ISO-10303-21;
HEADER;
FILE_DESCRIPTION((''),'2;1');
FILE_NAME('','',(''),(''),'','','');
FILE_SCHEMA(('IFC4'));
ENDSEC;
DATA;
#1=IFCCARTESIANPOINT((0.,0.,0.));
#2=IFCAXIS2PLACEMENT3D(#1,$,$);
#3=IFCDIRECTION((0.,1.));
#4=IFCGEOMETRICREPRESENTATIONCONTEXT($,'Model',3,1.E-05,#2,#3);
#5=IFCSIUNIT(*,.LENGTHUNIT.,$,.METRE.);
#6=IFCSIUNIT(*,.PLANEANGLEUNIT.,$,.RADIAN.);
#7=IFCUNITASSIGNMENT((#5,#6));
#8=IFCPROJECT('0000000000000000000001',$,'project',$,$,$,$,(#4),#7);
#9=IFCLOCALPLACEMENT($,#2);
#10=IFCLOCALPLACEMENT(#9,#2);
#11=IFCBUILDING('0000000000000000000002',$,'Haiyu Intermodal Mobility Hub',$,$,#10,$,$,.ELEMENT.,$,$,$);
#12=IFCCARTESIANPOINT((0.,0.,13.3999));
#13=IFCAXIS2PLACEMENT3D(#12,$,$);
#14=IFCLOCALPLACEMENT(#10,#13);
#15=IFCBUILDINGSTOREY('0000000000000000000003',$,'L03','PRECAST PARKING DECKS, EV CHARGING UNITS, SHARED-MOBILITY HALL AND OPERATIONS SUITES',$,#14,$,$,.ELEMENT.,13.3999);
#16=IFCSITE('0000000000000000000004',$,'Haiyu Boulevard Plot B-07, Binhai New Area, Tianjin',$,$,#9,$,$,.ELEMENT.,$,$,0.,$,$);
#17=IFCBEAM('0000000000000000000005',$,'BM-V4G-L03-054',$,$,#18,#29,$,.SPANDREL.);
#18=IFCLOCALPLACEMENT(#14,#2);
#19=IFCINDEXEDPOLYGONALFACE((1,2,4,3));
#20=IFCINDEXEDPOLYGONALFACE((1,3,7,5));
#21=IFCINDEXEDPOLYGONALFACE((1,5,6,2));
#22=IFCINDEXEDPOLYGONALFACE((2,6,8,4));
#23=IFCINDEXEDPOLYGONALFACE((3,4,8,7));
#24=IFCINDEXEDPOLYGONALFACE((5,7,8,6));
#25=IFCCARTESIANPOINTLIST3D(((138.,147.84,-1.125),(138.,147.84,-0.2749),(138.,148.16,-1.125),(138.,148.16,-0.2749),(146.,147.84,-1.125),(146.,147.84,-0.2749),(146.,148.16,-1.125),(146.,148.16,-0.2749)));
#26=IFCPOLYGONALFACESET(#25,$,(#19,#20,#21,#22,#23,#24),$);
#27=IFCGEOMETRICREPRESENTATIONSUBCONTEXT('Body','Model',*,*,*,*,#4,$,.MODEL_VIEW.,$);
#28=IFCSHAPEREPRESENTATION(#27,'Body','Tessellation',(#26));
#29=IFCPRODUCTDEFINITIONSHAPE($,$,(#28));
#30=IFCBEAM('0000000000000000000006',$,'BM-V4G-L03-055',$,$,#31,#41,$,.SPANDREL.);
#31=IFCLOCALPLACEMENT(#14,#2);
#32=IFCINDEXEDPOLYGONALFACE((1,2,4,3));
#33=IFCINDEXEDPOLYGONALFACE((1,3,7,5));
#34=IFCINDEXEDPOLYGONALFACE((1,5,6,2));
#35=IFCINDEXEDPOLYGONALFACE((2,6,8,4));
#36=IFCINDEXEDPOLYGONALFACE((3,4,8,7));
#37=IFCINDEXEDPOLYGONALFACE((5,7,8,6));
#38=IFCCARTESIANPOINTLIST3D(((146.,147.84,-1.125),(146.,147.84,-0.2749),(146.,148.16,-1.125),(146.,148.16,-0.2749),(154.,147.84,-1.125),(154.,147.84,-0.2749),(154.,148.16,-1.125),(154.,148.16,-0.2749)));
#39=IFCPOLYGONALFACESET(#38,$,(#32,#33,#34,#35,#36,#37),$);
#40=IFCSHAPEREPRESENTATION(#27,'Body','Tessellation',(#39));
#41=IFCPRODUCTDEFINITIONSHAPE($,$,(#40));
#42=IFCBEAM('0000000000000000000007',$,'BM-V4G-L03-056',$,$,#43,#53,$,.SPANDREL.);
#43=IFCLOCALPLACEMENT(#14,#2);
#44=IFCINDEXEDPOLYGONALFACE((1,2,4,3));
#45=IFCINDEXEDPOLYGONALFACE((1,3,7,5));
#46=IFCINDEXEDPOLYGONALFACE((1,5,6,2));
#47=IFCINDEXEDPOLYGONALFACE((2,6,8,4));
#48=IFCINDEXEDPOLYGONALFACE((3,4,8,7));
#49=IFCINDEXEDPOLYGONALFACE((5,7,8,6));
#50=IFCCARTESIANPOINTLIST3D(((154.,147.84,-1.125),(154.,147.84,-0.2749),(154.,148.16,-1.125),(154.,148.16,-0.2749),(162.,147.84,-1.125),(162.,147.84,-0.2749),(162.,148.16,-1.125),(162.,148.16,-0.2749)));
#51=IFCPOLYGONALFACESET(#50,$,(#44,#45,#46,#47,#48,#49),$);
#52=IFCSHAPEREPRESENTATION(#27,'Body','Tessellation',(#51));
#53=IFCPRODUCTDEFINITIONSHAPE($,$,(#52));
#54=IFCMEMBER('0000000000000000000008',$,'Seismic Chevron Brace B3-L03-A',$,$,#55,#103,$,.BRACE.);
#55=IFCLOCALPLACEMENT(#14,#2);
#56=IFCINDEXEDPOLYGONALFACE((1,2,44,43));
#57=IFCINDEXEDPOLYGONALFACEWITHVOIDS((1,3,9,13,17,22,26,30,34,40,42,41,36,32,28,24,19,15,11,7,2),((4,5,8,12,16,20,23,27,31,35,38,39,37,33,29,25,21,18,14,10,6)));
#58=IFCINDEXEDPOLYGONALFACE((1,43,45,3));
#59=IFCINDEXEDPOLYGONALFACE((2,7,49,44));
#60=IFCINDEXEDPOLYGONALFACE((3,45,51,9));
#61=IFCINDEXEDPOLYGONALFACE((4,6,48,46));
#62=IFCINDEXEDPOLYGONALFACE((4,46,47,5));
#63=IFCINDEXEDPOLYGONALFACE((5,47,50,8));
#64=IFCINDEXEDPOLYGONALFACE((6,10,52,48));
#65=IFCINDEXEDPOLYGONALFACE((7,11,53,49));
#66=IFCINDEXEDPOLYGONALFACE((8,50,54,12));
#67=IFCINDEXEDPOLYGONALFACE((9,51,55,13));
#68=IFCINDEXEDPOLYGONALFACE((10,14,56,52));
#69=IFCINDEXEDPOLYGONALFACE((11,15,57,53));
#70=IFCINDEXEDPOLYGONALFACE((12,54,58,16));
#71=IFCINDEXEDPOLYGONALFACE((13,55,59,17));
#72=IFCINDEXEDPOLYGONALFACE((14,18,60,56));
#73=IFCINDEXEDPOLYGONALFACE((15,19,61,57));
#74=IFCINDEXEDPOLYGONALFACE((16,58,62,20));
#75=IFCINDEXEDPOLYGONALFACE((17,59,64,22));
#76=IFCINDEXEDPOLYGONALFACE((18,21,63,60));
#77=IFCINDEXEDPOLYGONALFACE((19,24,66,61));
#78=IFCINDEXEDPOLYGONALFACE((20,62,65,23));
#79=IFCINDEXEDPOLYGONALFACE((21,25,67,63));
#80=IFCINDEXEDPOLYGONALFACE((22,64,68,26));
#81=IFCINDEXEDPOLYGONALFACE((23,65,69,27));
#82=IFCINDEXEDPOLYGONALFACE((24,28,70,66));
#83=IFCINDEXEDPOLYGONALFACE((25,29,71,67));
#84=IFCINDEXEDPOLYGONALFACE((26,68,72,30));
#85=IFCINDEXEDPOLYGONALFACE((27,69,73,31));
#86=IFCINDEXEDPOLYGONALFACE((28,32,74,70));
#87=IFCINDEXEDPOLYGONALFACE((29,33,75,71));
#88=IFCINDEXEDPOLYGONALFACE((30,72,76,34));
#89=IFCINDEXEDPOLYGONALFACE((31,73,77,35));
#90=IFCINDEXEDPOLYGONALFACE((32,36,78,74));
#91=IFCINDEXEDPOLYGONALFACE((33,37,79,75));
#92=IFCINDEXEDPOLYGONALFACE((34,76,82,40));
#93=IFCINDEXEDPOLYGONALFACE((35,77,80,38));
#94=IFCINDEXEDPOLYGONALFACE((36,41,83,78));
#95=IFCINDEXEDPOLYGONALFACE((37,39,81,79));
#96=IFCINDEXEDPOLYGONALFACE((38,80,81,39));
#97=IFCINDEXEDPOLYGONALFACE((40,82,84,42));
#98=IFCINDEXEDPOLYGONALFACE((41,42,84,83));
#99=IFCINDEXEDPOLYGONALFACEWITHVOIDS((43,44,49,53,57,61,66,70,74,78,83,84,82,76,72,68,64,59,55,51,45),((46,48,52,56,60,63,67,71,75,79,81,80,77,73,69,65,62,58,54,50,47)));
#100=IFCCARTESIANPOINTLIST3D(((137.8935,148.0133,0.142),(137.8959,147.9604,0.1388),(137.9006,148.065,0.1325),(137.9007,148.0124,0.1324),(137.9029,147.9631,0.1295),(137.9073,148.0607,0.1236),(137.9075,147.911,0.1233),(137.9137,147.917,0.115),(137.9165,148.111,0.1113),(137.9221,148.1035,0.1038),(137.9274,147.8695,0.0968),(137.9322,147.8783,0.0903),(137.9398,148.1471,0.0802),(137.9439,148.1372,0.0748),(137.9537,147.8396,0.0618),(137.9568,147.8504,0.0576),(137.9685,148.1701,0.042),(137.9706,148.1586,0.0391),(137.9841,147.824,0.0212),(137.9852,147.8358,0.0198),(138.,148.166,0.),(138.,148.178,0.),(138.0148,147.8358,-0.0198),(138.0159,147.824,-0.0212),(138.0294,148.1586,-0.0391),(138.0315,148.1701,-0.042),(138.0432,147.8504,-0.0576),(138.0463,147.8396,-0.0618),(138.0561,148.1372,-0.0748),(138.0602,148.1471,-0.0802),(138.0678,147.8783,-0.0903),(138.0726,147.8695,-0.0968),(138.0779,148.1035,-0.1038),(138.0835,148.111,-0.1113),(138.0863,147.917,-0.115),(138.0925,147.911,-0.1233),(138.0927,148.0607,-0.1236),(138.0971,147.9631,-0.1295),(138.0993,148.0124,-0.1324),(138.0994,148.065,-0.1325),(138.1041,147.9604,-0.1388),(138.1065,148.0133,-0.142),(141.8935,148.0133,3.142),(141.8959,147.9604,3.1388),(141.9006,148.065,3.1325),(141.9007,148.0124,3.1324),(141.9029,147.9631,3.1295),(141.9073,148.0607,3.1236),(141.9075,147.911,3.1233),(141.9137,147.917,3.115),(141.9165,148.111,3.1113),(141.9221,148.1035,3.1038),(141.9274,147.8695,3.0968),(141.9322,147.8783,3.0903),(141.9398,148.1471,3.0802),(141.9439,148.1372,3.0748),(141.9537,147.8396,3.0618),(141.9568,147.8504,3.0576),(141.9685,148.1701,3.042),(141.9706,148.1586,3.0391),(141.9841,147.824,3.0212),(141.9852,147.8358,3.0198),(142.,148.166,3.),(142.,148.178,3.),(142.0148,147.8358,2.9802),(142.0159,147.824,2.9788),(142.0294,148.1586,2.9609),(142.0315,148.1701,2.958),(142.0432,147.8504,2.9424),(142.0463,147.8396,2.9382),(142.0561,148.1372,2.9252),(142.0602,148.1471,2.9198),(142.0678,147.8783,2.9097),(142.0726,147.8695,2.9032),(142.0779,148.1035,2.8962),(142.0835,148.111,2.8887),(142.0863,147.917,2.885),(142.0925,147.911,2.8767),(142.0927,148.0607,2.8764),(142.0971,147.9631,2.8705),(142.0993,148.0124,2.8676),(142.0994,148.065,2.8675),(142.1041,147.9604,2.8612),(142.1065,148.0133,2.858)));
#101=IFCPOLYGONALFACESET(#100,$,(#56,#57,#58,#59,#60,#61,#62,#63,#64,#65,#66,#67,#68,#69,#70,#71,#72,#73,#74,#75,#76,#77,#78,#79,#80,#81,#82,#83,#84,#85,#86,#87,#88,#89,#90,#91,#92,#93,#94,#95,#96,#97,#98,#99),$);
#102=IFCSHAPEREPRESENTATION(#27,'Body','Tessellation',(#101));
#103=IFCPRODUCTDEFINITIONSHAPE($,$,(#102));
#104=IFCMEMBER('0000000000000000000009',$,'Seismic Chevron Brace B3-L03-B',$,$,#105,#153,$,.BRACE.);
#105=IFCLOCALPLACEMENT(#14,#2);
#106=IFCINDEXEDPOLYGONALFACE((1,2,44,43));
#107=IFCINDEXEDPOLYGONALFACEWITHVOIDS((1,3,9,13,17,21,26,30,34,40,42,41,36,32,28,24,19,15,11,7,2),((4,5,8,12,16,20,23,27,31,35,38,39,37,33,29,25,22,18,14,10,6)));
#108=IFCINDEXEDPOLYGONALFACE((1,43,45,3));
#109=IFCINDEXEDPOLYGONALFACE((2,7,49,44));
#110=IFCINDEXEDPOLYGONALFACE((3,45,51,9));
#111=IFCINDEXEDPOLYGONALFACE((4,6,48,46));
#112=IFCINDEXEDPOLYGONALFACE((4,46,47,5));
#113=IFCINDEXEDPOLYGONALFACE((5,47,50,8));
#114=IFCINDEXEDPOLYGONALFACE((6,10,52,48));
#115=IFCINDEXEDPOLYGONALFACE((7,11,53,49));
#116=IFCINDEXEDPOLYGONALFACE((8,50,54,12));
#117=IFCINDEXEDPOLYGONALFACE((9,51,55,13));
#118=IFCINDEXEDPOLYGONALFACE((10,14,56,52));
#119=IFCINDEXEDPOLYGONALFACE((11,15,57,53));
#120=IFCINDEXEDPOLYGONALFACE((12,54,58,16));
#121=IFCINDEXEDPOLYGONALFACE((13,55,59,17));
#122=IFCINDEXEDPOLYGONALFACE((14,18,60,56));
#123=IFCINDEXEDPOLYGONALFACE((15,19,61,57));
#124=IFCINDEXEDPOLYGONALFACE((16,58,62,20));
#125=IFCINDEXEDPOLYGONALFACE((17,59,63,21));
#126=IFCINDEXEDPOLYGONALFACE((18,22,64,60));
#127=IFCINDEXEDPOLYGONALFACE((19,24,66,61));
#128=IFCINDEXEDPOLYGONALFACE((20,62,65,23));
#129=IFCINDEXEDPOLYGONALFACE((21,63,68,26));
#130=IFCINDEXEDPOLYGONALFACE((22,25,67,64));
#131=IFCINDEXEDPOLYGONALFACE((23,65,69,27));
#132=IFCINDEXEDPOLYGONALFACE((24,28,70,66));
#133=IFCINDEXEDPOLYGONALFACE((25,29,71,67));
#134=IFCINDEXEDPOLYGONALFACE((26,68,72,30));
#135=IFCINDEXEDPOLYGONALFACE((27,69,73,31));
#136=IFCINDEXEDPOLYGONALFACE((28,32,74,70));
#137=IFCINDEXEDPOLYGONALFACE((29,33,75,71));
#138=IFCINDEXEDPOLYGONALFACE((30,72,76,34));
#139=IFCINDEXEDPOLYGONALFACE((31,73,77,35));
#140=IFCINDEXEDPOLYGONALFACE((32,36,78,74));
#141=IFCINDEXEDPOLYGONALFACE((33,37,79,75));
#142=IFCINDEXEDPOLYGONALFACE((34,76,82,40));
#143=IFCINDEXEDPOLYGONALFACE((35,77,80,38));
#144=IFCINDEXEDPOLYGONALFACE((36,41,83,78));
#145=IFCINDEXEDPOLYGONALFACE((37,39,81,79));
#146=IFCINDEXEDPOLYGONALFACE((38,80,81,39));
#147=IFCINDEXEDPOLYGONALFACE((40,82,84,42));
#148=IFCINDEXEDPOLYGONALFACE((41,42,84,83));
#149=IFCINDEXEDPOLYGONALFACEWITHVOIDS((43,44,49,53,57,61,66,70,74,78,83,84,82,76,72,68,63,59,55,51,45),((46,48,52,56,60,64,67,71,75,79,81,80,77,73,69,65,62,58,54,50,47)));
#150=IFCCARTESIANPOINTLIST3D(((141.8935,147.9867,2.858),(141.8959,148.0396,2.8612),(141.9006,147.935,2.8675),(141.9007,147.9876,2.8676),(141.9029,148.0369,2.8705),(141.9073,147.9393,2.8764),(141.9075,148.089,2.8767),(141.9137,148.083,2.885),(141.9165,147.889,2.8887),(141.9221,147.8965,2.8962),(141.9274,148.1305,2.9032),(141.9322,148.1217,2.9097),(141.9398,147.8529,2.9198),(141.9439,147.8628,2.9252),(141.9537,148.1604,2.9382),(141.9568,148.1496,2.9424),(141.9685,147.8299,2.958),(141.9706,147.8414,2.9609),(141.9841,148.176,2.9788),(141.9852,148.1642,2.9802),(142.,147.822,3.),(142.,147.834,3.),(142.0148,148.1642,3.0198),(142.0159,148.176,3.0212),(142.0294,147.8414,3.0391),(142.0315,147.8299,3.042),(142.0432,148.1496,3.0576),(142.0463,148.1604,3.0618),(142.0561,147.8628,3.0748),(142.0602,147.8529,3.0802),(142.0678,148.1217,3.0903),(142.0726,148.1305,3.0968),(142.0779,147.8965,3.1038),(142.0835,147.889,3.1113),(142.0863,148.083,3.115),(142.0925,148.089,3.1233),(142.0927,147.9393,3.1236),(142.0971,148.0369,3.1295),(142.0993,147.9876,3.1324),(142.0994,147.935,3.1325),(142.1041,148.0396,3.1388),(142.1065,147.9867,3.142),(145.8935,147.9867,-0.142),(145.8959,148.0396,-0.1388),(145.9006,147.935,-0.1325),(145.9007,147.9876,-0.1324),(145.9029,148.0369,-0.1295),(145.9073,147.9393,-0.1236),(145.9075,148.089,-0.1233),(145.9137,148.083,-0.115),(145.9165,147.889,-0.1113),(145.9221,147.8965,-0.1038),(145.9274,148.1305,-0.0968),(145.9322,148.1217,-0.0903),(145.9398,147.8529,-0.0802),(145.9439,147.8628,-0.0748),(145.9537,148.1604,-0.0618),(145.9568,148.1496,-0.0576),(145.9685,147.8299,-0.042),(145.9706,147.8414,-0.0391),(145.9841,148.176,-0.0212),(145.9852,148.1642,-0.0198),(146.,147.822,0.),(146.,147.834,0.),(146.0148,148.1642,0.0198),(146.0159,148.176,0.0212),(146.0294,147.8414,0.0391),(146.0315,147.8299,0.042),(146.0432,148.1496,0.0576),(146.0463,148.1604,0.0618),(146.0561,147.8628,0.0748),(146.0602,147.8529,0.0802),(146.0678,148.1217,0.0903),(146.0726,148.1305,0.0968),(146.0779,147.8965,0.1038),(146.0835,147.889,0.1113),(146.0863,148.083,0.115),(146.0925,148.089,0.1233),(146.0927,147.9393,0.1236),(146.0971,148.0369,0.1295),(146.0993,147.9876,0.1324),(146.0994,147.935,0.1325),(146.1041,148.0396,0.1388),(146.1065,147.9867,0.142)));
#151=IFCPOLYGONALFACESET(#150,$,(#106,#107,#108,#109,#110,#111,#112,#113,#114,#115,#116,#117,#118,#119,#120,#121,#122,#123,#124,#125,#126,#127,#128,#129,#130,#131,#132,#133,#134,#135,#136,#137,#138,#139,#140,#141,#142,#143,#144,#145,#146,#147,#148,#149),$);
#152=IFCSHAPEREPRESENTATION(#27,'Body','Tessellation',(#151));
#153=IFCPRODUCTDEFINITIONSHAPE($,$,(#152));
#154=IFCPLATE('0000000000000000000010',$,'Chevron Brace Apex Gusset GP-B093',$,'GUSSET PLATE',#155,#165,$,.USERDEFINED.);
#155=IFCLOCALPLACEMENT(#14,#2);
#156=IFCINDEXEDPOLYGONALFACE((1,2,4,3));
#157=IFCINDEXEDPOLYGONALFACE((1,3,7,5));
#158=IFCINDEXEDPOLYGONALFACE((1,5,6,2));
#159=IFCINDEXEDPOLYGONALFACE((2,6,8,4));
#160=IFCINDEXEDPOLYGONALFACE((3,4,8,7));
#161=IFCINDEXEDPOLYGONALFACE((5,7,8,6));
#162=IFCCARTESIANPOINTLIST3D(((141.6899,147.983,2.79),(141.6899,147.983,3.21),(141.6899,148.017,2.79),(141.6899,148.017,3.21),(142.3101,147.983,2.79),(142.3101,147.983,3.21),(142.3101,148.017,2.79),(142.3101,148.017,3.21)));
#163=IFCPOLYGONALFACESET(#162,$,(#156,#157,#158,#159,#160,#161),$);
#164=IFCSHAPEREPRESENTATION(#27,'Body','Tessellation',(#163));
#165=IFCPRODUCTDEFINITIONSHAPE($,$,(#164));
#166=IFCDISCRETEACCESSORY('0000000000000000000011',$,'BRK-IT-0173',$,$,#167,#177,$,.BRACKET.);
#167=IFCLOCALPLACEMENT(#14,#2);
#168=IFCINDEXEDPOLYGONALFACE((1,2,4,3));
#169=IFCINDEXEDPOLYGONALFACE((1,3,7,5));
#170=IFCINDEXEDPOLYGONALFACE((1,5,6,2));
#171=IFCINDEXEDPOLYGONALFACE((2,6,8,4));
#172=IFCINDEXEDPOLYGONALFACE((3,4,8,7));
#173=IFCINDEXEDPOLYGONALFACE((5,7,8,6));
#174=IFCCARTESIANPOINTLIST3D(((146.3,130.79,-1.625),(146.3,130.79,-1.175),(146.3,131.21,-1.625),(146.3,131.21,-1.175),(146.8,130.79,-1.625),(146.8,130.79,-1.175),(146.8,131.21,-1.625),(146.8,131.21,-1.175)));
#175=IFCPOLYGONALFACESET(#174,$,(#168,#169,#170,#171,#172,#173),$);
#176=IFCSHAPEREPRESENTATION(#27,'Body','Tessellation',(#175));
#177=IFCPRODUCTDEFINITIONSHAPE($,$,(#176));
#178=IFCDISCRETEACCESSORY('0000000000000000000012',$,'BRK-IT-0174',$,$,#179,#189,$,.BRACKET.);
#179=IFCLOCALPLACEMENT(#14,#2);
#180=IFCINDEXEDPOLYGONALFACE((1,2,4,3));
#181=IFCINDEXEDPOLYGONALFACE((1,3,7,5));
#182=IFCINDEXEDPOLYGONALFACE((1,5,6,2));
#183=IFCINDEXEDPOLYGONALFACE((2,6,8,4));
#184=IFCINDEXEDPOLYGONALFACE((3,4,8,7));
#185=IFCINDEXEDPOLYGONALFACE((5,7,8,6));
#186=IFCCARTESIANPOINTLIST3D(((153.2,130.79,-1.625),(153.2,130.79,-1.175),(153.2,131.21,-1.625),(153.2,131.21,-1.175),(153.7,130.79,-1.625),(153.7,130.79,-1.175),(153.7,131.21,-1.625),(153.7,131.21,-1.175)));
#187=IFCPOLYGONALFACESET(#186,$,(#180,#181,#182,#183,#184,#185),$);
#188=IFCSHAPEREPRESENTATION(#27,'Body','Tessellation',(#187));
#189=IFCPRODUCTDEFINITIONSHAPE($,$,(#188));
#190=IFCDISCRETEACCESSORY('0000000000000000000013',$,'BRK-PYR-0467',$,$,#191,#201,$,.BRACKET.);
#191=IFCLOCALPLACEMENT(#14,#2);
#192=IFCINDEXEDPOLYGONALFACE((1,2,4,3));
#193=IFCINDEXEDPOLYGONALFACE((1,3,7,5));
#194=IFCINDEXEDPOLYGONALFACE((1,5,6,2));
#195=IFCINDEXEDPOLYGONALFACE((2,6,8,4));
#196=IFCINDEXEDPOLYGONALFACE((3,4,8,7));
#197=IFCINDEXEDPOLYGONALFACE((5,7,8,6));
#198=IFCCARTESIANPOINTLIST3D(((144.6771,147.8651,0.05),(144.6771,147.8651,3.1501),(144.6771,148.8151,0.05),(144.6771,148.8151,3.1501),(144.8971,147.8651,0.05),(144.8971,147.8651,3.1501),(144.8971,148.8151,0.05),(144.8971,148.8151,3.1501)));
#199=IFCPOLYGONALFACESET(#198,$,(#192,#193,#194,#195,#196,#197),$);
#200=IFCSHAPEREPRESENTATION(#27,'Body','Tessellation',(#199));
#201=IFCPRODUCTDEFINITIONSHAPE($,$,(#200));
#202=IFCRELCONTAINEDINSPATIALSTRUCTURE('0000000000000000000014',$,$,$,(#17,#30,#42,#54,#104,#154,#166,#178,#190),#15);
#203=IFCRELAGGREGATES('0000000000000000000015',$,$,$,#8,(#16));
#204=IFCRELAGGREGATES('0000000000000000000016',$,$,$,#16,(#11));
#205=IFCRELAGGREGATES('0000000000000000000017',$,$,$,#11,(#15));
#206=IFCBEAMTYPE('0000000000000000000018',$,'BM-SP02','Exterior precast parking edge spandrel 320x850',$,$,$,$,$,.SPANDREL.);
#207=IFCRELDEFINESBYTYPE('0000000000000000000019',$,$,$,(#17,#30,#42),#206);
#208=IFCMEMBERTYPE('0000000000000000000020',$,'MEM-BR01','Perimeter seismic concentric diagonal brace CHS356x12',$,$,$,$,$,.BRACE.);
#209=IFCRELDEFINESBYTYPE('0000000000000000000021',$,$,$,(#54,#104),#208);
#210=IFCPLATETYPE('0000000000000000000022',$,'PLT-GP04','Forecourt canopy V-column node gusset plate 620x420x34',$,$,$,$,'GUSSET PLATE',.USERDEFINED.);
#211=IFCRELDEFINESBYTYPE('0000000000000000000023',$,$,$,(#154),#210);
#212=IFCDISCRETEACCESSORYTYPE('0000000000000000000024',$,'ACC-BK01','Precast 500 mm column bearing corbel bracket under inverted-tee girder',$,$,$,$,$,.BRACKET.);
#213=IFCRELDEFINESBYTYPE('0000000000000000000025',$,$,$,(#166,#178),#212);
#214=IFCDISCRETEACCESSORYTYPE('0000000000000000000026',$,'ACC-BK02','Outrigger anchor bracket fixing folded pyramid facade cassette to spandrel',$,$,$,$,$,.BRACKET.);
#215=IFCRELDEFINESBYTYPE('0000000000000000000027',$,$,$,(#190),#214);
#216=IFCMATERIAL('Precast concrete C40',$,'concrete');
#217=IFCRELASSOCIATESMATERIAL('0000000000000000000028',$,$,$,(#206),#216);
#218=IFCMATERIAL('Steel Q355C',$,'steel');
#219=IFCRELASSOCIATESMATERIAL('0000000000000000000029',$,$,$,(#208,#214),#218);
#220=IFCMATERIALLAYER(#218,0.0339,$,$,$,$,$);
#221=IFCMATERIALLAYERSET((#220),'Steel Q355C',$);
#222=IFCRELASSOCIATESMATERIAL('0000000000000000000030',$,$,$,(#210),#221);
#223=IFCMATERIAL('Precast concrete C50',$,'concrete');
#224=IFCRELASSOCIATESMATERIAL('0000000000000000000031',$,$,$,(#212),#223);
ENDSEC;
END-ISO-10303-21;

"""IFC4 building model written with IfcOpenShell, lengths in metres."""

from ifc_helpers import new_model, si_unit, direction, frame, origin, origin_2d, place, context, subcontext, project, spatial, rectangle, hollow_circle, extrude, material, layer, layer_set, material_profile, profile_set, type_object, element, save


model = new_model("IFC4")

# Units and contexts
model_context = context("Model", 3, precision=1e-05, world=origin(), true_north=direction((0.0, 1.0)))
body_context = subcontext(model_context, "Body", "Model", "MODEL_VIEW")
ifc_project = project(units=[si_unit("LENGTHUNIT", "METRE"), si_unit("PLANEANGLEUNIT", "RADIAN")], contexts=[model_context])

# Site, building, storey
site_placement = place(None, origin())
site = spatial("IfcSite", under=ifc_project, at=site_placement, Name="Haiyu Boulevard Plot B-07, Binhai New Area, Tianjin", CompositionType="ELEMENT", RefElevation=0.0)
building_placement = place(site_placement, origin())
building = spatial("IfcBuilding", under=site, at=building_placement, Name="Haiyu Intermodal Mobility Hub", CompositionType="ELEMENT")
storey_placement = place(building_placement, frame((0.0, 0.0, 13.3999)))
storey = spatial("IfcBuildingStorey", under=building, at=storey_placement, Name="L03", Description="PRECAST PARKING DECKS, EV CHARGING UNITS, SHARED-MOBILITY HALL AND OPERATIONS SUITES", CompositionType="ELEMENT", Elevation=13.3999)

# Shared definitions
ifc_material_1 = material(Name="Precast concrete C40", Category="concrete")
ifc_material_2 = material(Name="Steel Q355C", Category="steel")

# Beams
ifc_material_3 = material(Name="Precast concrete C50", Category="concrete")
ifc_material_profile_1 = material_profile(ifc_material_1, rectangle(XDim=0.3201, YDim=0.8501, at=origin_2d()), Name="PC320x850")
ifc_profile_set_1 = profile_set([ifc_material_profile_1], Name="Precast concrete C40")
beam_type_1 = type_object("IfcBeamType", Name="BM-SP02", Description="Exterior precast parking edge spandrel 320x850", PredefinedType="SPANDREL", material=ifc_profile_set_1)
for number, where, z_axis, x_axis, name in (
    (1, (138.0, 148.0, -0.7), (1.0, 0.0, 0.0), (0.0, 1.0, 0.0), "BM-V4G-L03-054"),
    (2, (146.0, 148.0, -0.7), (1.0, 0.0, 0.0), (0.0, 1.0, 0.0), "BM-V4G-L03-055"),
    (3, (154.0, 148.0, -0.7), (1.0, 0.0, 0.0), (0.0, 1.0, 0.0), "BM-V4G-L03-056"),
):
    element("IfcBeam", number, at=place(storey_placement, frame(where, z_axis=z_axis, x_axis=x_axis)), inside=storey, type_object=beam_type_1, Name=name, PredefinedType="SPANDREL", context=body_context, shape_type="SweptSolid", body=[
        extrude(rectangle(XDim=0.3201, YDim=0.8501, at=origin_2d()), origin(), (0.0, 0.0, 1.0), 8.0),
    ])

# Members
ifc_material_profile_2 = material_profile(ifc_material_2, hollow_circle(Radius=0.178, WallThickness=0.012, at=origin_2d()), Name="CHS356x12")
ifc_profile_set_2 = profile_set([ifc_material_profile_2], Name="Steel Q355C")
member_type = type_object("IfcMemberType", Name="MEM-BR01", Description="Perimeter seismic concentric diagonal brace CHS356x12", PredefinedType="BRACE", material=ifc_profile_set_2)
for number, where, z_axis, x_axis, name in (
    (4, (138.0, 148.0, 0.0), (0.8, 0.0, 0.6), (0.0, 1.0, 0.0), "Seismic Chevron Brace B3-L03-A"),
    (5, (146.0, 148.0, 0.0), (-0.8, 0.0, 0.6), (0.0, -1.0, 0.0), "Seismic Chevron Brace B3-L03-B"),
):
    element("IfcMember", number, at=place(storey_placement, frame(where, z_axis=z_axis, x_axis=x_axis)), inside=storey, type_object=member_type, Name=name, PredefinedType="BRACE", context=body_context, shape_type="SweptSolid", body=[
        extrude(hollow_circle(Radius=0.178, WallThickness=0.012, at=origin_2d()), origin(), (0.0, 0.0, 1.0), 5.0),
    ])

# Plate
ifc_layer = layer(ifc_material_2, 0.0339)
ifc_layer_set = layer_set([ifc_layer], Name="Steel Q355C")
plate_type = type_object("IfcPlateType", Name="PLT-GP04", Description="Forecourt canopy V-column node gusset plate 620x420x34", ElementType="GUSSET PLATE", PredefinedType="USERDEFINED", material=ifc_layer_set)
plate_placement = place(storey_placement, frame((142.0, 148.0, 2.79), z_axis=(0.0, 0.0, 1.0), x_axis=(1.0, 0.0, 0.0)))
element("IfcPlate", 6, at=plate_placement, inside=storey, type_object=plate_type, Name="Chevron Brace Apex Gusset GP-B093", ObjectType="GUSSET PLATE", PredefinedType="USERDEFINED", context=body_context, shape_type="SweptSolid", body=[
    extrude(rectangle(XDim=0.6201, YDim=0.0339, at=origin_2d()), origin(), (0.0, 0.0, 1.0), 0.4199),
])

# Discrete accessories
discrete_accessory_type_1 = type_object("IfcDiscreteAccessoryType", Name="ACC-BK01", Description="Precast 500 mm column bearing corbel bracket under inverted-tee girder", PredefinedType="BRACKET", material=ifc_material_3)
for number, where, z_axis, x_axis, name in (
    (7, (146.55, 131.0, -1.625), (0.0, 0.0, 1.0), (1.0, 0.0, 0.0), "BRK-IT-0173"),
    (8, (153.45, 131.0, -1.625), (0.0, 0.0, 1.0), (1.0, 0.0, 0.0), "BRK-IT-0174"),
):
    element("IfcDiscreteAccessory", number, at=place(storey_placement, frame(where, z_axis=z_axis, x_axis=x_axis)), inside=storey, type_object=discrete_accessory_type_1, Name=name, PredefinedType="BRACKET", context=body_context, shape_type="SweptSolid", body=[
        extrude(rectangle(XDim=0.5, YDim=0.4199, at=origin_2d()), origin(), (0.0, 0.0, 1.0), 0.45),
    ])
discrete_accessory_type_2 = type_object("IfcDiscreteAccessoryType", Name="ACC-BK02", Description="Outrigger anchor bracket fixing folded pyramid facade cassette to spandrel", PredefinedType="BRACKET", material=ifc_material_2)
for number, where, z_axis, x_axis, name in (
    (9, (144.7871, 148.3401, 0.05), (0.0, 0.0, 1.0), (1.0, 0.0, 0.0), "BRK-PYR-0467"),
):
    element("IfcDiscreteAccessory", number, at=place(storey_placement, frame(where, z_axis=z_axis, x_axis=x_axis)), inside=storey, type_object=discrete_accessory_type_2, Name=name, PredefinedType="BRACKET", context=body_context, shape_type="SweptSolid", body=[
        extrude(rectangle(XDim=0.22, YDim=0.95, at=origin_2d()), origin(), (0.0, 0.0, 1.0), 3.1001),
    ])

save(model, "model.ifc")
